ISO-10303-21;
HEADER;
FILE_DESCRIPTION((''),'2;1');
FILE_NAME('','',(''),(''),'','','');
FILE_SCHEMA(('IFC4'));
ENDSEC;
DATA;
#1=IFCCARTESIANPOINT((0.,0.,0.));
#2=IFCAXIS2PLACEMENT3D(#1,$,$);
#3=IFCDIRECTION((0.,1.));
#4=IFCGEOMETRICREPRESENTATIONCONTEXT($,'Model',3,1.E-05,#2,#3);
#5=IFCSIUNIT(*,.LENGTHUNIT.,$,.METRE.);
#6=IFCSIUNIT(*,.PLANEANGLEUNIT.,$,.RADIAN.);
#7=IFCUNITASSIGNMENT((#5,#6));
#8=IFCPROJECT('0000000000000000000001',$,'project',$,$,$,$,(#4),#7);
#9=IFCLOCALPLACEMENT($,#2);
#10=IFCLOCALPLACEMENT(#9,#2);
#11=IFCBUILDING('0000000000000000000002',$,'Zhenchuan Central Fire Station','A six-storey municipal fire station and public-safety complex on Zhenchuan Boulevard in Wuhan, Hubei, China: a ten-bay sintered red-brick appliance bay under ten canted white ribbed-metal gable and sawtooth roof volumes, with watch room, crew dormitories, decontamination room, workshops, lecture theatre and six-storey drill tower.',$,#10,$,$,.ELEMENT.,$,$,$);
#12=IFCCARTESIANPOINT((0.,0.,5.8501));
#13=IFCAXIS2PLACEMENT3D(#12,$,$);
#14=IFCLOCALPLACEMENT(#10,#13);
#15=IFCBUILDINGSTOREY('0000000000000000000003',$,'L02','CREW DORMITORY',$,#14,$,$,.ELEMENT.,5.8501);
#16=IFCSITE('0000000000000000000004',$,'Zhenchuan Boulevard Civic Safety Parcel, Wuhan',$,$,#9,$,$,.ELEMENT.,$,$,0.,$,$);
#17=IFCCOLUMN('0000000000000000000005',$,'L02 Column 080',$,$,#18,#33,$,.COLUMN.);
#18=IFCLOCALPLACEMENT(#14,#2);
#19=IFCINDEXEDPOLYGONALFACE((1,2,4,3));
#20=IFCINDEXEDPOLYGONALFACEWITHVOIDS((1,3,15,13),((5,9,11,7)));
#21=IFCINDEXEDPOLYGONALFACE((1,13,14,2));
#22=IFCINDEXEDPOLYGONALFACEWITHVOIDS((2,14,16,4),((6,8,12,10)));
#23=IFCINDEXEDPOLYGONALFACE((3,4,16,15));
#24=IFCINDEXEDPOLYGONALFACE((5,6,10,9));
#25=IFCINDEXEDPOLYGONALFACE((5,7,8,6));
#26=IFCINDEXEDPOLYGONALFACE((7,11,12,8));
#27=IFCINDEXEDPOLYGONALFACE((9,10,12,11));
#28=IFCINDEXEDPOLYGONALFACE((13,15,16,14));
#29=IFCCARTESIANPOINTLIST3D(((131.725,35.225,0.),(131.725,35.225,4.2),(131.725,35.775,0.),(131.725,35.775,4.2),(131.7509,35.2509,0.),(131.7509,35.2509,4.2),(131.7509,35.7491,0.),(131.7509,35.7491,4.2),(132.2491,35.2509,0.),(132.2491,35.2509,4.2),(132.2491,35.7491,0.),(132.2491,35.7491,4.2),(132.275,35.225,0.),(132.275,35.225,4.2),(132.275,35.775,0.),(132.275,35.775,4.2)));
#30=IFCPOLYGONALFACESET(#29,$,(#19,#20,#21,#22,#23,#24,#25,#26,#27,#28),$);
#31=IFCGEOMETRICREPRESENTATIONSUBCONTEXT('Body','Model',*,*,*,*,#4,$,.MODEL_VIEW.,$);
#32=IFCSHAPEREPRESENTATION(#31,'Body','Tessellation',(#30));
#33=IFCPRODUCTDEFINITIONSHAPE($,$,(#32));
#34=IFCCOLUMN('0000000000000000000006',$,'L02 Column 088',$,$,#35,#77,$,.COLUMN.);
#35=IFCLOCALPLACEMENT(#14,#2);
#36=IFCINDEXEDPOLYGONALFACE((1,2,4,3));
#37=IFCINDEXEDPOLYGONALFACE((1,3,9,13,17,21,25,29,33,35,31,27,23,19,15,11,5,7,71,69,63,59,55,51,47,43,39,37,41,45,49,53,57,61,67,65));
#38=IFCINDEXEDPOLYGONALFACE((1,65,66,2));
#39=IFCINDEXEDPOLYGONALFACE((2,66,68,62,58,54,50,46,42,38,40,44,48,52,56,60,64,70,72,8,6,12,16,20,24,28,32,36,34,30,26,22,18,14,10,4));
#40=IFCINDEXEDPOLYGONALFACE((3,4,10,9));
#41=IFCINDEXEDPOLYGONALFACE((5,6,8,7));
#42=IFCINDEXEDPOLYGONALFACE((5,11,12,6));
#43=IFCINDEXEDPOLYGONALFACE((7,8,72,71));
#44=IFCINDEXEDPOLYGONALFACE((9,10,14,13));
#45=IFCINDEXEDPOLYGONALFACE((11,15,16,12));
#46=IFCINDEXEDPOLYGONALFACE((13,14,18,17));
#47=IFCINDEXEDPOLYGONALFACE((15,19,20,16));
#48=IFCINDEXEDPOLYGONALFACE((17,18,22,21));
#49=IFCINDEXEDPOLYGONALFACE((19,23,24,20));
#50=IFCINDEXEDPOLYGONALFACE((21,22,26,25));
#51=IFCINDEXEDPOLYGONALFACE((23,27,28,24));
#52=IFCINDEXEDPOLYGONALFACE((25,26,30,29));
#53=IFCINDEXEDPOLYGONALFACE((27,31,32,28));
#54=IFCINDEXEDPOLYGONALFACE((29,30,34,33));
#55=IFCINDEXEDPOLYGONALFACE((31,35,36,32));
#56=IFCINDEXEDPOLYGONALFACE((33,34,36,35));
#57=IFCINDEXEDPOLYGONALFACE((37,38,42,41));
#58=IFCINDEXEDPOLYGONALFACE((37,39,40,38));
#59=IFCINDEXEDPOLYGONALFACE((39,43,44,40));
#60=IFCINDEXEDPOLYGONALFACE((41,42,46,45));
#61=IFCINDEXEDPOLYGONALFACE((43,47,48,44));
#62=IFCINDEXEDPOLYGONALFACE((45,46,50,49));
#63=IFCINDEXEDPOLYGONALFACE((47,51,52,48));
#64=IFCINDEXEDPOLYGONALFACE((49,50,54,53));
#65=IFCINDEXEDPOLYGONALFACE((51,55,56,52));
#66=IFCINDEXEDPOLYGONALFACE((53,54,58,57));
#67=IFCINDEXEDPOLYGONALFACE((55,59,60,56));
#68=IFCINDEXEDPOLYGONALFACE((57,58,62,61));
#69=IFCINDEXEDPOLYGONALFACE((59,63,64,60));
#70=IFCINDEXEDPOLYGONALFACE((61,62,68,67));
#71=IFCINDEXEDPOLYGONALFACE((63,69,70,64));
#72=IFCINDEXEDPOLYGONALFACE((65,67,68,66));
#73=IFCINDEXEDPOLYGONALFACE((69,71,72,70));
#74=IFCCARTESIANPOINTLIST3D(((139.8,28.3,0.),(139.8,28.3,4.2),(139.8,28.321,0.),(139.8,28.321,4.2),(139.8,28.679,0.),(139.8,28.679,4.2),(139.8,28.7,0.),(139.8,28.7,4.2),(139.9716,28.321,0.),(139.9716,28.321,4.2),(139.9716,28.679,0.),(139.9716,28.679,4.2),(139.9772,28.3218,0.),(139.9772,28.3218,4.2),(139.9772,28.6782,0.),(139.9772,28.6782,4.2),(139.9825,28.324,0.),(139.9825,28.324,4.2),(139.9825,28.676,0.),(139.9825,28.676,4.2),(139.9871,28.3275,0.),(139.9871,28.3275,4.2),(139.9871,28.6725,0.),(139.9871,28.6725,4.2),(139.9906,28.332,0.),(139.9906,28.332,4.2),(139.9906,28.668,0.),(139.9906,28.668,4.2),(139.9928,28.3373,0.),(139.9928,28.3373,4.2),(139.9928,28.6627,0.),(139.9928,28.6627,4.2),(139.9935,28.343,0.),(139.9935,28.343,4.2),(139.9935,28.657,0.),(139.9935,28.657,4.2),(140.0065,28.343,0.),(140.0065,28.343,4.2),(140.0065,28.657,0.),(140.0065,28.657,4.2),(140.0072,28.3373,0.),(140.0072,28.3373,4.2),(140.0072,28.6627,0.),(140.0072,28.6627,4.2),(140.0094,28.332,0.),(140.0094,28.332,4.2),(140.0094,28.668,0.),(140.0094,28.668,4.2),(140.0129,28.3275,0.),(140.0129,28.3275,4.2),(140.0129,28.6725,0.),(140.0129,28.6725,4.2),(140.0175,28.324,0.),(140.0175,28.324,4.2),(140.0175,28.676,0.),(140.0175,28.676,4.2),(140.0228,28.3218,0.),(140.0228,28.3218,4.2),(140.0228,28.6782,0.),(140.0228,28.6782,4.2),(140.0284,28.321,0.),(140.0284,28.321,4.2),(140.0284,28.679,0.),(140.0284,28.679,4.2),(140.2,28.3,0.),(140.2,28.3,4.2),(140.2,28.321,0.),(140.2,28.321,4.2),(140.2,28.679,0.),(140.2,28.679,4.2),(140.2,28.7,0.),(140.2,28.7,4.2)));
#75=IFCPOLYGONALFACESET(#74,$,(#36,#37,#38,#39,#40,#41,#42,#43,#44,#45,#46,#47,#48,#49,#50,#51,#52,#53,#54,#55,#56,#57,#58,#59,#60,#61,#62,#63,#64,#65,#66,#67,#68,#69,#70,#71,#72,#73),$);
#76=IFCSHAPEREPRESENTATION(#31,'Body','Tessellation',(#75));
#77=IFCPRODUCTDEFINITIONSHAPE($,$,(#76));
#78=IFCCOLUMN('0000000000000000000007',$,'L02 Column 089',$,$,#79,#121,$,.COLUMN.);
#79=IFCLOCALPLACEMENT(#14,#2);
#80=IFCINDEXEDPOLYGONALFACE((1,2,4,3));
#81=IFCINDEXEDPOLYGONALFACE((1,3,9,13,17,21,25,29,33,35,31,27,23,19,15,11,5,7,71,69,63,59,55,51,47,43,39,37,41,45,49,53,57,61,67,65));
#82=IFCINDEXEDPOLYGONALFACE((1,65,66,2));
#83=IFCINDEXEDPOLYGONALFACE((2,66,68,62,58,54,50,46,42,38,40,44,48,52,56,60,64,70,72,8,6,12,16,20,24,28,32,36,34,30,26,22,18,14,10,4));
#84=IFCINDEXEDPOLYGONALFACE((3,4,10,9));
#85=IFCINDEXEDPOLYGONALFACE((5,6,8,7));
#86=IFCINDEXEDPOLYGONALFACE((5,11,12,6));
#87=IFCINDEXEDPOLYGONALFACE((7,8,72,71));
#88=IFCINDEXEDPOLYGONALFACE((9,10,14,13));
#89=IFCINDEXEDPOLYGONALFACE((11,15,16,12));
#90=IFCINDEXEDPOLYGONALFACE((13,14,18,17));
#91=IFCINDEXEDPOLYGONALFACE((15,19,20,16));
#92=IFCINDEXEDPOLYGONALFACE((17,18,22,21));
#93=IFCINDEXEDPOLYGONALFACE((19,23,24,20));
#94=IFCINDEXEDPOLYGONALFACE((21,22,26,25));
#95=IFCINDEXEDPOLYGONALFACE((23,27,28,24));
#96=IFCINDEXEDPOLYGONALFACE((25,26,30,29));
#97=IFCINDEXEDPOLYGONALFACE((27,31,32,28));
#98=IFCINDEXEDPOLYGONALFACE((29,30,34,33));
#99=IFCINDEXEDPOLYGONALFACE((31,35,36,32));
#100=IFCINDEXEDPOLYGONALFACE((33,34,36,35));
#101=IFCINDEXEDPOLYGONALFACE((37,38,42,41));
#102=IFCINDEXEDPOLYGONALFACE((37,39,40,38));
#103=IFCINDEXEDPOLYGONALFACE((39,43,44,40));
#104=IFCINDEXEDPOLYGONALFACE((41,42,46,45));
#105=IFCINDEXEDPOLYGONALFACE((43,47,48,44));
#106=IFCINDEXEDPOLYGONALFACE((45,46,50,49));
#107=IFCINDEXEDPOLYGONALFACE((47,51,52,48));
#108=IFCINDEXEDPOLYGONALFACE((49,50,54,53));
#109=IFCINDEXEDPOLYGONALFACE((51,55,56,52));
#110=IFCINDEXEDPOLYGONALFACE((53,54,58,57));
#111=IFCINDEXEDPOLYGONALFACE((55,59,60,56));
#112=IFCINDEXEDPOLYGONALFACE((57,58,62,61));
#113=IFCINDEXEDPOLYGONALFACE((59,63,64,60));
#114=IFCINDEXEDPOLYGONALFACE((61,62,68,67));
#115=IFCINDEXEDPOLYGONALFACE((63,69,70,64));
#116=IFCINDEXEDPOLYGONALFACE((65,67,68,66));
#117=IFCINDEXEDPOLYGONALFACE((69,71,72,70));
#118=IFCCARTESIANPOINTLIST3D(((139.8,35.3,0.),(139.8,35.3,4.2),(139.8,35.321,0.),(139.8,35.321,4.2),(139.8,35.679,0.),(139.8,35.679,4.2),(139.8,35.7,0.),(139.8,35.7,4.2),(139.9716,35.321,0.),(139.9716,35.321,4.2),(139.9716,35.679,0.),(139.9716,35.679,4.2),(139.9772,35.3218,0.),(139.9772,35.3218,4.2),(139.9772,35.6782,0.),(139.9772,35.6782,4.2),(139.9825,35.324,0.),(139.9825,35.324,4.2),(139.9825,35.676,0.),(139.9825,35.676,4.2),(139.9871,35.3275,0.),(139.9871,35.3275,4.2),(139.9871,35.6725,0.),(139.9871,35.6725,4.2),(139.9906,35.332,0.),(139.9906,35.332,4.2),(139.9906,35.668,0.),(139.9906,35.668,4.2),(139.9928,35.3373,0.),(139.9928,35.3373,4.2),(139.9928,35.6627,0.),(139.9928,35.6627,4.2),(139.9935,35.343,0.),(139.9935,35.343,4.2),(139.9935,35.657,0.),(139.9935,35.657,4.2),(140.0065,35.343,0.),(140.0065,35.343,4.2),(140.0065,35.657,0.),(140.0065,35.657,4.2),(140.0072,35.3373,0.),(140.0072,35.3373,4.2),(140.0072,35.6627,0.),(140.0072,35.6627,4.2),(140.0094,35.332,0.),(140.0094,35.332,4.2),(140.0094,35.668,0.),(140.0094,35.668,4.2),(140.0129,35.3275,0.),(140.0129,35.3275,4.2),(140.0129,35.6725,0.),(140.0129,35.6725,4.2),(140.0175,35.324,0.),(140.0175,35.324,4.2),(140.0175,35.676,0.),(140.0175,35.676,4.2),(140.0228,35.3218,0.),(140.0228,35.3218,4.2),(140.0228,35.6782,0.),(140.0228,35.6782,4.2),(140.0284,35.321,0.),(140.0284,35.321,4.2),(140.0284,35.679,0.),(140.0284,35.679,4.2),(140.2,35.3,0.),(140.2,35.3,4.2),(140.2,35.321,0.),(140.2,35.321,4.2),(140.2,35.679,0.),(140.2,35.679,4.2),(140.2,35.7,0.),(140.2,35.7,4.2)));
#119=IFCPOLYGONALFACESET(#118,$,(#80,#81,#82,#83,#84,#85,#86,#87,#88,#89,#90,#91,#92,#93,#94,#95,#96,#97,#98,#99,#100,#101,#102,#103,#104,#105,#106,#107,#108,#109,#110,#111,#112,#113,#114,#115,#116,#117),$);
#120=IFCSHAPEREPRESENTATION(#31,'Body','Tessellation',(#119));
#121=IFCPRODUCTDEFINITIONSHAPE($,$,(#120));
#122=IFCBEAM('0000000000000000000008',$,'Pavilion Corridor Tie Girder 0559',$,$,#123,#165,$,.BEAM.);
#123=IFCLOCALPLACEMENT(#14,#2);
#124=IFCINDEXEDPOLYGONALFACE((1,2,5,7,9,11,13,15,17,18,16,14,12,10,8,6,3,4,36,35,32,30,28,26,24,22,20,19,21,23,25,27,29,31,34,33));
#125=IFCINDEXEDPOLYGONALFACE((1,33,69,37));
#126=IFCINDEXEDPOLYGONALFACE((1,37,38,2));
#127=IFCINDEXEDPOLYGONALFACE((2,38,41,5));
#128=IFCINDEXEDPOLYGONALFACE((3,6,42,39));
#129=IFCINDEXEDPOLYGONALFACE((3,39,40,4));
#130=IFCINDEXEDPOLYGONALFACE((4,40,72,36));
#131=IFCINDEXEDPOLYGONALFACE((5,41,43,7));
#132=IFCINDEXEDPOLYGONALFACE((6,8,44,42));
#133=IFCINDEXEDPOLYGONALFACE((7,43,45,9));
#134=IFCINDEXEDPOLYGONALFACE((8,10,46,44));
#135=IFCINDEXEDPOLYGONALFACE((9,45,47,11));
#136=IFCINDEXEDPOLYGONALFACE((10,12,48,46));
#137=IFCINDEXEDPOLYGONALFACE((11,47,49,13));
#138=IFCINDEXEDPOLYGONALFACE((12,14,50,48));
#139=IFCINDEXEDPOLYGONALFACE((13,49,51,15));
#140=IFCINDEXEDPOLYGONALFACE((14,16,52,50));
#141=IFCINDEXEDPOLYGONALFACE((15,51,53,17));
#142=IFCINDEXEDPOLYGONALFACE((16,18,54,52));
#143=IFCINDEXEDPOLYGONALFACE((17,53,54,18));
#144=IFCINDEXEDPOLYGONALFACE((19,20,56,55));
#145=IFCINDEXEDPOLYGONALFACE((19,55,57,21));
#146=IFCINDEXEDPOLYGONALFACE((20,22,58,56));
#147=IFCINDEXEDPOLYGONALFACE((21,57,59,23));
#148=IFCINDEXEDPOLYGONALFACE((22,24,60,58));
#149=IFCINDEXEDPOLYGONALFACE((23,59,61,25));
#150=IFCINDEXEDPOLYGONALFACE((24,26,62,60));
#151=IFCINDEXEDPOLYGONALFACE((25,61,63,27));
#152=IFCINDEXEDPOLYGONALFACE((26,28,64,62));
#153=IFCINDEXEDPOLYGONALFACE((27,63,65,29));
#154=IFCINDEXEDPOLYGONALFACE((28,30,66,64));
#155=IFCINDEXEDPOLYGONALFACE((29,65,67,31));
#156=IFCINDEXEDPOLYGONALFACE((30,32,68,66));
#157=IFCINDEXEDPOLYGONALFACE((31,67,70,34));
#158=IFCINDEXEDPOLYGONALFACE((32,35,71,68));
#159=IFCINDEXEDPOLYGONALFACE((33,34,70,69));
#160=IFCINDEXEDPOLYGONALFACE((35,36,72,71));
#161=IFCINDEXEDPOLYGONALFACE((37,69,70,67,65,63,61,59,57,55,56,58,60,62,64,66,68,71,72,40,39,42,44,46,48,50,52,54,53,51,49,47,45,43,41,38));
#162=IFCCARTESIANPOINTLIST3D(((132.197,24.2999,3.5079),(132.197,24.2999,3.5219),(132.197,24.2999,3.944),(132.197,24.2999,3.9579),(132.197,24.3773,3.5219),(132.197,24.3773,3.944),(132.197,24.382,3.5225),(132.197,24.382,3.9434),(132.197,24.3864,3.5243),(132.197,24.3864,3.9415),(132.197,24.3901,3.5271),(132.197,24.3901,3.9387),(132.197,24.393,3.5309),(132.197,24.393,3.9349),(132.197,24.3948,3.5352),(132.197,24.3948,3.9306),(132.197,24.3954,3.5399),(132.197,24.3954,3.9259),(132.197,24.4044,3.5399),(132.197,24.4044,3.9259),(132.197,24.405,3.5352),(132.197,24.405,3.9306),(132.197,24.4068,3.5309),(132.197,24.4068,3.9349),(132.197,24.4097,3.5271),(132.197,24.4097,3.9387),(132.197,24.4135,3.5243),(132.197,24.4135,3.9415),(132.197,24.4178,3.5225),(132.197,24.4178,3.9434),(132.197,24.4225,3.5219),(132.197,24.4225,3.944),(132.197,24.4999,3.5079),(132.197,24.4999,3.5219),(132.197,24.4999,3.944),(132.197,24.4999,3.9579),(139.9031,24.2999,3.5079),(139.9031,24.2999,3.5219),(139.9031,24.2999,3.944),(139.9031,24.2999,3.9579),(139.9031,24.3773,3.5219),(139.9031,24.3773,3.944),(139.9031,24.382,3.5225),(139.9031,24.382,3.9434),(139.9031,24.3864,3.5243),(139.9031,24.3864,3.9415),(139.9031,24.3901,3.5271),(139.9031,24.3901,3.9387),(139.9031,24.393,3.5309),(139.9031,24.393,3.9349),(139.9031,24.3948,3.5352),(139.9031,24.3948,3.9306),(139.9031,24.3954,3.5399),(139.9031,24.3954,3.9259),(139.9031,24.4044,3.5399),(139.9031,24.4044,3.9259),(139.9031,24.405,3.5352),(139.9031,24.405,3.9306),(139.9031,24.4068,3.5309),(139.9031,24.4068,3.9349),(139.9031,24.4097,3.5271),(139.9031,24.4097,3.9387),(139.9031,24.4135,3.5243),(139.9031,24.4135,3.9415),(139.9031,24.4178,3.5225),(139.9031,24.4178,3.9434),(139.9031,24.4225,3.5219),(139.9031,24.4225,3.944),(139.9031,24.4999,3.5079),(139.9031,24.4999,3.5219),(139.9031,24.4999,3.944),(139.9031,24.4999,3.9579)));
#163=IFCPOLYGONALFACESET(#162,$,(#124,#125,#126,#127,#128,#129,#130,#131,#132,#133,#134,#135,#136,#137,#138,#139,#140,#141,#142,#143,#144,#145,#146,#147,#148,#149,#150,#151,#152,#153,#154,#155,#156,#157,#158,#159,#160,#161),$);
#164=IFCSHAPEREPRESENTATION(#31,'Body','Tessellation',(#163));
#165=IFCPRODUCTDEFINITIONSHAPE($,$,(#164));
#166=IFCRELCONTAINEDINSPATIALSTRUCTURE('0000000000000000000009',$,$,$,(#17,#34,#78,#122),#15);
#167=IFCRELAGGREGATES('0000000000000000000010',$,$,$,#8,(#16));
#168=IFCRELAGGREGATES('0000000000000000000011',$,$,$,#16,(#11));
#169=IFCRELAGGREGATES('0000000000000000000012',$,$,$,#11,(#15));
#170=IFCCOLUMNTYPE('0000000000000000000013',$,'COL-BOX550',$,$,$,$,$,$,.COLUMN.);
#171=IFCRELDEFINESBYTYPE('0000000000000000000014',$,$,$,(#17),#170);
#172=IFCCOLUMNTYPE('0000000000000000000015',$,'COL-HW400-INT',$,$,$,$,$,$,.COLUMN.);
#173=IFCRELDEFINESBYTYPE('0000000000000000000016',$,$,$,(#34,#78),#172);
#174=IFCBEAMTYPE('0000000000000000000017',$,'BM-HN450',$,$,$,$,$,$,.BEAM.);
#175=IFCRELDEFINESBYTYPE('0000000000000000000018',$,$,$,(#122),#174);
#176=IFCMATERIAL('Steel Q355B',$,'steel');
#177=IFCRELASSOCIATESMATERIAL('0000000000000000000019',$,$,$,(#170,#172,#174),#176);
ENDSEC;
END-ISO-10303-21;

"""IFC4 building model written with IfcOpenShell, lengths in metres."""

from ifc_helpers import new_model, si_unit, direction, frame, origin, origin_2d, place, context, subcontext, project, spatial, hollow_rectangle, i_section, extrude, material, material_profile, profile_set, type_object, element, save


model = new_model("IFC4")

# Units and contexts
model_context = context("Model", 3, precision=1e-05, world=origin(), true_north=direction((0.0, 1.0)))
body_context = subcontext(model_context, "Body", "Model", "MODEL_VIEW")
ifc_project = project(units=[si_unit("LENGTHUNIT", "METRE"), si_unit("PLANEANGLEUNIT", "RADIAN")], contexts=[model_context])

# Site, building, storey
site_placement = place(None, origin())
site = spatial("IfcSite", under=ifc_project, at=site_placement, Name="Zhenchuan Boulevard Civic Safety Parcel, Wuhan", CompositionType="ELEMENT", RefElevation=0.0)
building_placement = place(site_placement, origin())
building = spatial("IfcBuilding", under=site, at=building_placement, Name="Zhenchuan Central Fire Station", Description="A six-storey municipal fire station and public-safety complex on Zhenchuan Boulevard in Wuhan, Hubei, China: a ten-bay sintered red-brick appliance bay under ten canted white ribbed-metal gable and sawtooth roof volumes, with watch room, crew dormitories, decontamination room, workshops, lecture theatre and six-storey drill tower.", CompositionType="ELEMENT")
storey_placement = place(building_placement, frame((0.0, 0.0, 5.8501)))
storey = spatial("IfcBuildingStorey", under=building, at=storey_placement, Name="L02", Description="CREW DORMITORY", CompositionType="ELEMENT", Elevation=5.8501)

# Columns
ifc_material_1 = material(Name="Steel Q355B", Category="steel")
ifc_material_profile_1 = material_profile(ifc_material_1, hollow_rectangle(XDim=0.55, YDim=0.55, WallThickness=0.0259, at=origin_2d()), Name="BOX 550x550x26")
ifc_profile_set_1 = profile_set([ifc_material_profile_1], Name="Steel Q355B")
column_type_1 = type_object("IfcColumnType", Name="COL-BOX550", PredefinedType="COLUMN", material=ifc_profile_set_1)
column_placement = place(storey_placement, frame((132.0, 35.5, 0.0), z_axis=(0.0, 0.0, 1.0), x_axis=(1.0, 0.0, 0.0)))
element("IfcColumn", 1, at=column_placement, inside=storey, type_object=column_type_1, Name="L02 Column 080", PredefinedType="COLUMN", context=body_context, shape_type="SweptSolid", body=[
    extrude(hollow_rectangle(XDim=0.55, YDim=0.55, WallThickness=0.0259, at=origin_2d()), origin(), (0.0, 0.0, 1.0), 4.2),
])
ifc_material_profile_2 = material_profile(ifc_material_1, i_section(OverallWidth=0.3999, OverallDepth=0.3999, WebThickness=0.0129, FlangeThickness=0.021, FilletRadius=0.022, at=origin_2d()), Name="HW 400x400")
ifc_profile_set_2 = profile_set([ifc_material_profile_2], Name="Steel Q355B")
column_type_2 = type_object("IfcColumnType", Name="COL-HW400-INT", PredefinedType="COLUMN", material=ifc_profile_set_2)
for number, where, z_axis, x_axis, name in (
    (2, (140.0, 28.5, 0.0), (0.0, 0.0, 1.0), (1.0, 0.0, 0.0), "L02 Column 088"),
    (3, (140.0, 35.5, 0.0), (0.0, 0.0, 1.0), (1.0, 0.0, 0.0), "L02 Column 089"),
):
    element("IfcColumn", number, at=place(storey_placement, frame(where, z_axis=z_axis, x_axis=x_axis)), inside=storey, type_object=column_type_2, Name=name, PredefinedType="COLUMN", context=body_context, shape_type="SweptSolid", body=[
        extrude(i_section(OverallWidth=0.3999, OverallDepth=0.3999, WebThickness=0.0129, FlangeThickness=0.021, FilletRadius=0.022, at=origin_2d()), origin(), (0.0, 0.0, 1.0), 4.2),
    ])

# Beam
ifc_material_profile_3 = material_profile(ifc_material_1, i_section(OverallWidth=0.2, OverallDepth=0.45, WebThickness=0.009, FlangeThickness=0.0139, FilletRadius=0.0181, at=origin_2d()), Name="HN 450x200")
ifc_profile_set_3 = profile_set([ifc_material_profile_3], Name="Steel Q355B")
beam_type_1 = type_object("IfcBeamType", Name="BM-HN450", PredefinedType="BEAM", material=ifc_profile_set_3)
beam_1_placement = place(storey_placement, frame((132.197, 24.3999, 3.7329), z_axis=(1.0, 0.0, 0.0), x_axis=(0.0, 1.0, 0.0)))
element("IfcBeam", 4, at=beam_1_placement, inside=storey, type_object=beam_type_1, Name="Pavilion Corridor Tie Girder 0559", PredefinedType="BEAM", context=body_context, shape_type="SweptSolid", body=[
    extrude(i_section(OverallWidth=0.2, OverallDepth=0.45, WebThickness=0.009, FlangeThickness=0.0139, FilletRadius=0.0181, at=origin_2d()), origin(), (0.0, 0.0, 1.0), 7.7061),
])

save(model, "model.ifc")
